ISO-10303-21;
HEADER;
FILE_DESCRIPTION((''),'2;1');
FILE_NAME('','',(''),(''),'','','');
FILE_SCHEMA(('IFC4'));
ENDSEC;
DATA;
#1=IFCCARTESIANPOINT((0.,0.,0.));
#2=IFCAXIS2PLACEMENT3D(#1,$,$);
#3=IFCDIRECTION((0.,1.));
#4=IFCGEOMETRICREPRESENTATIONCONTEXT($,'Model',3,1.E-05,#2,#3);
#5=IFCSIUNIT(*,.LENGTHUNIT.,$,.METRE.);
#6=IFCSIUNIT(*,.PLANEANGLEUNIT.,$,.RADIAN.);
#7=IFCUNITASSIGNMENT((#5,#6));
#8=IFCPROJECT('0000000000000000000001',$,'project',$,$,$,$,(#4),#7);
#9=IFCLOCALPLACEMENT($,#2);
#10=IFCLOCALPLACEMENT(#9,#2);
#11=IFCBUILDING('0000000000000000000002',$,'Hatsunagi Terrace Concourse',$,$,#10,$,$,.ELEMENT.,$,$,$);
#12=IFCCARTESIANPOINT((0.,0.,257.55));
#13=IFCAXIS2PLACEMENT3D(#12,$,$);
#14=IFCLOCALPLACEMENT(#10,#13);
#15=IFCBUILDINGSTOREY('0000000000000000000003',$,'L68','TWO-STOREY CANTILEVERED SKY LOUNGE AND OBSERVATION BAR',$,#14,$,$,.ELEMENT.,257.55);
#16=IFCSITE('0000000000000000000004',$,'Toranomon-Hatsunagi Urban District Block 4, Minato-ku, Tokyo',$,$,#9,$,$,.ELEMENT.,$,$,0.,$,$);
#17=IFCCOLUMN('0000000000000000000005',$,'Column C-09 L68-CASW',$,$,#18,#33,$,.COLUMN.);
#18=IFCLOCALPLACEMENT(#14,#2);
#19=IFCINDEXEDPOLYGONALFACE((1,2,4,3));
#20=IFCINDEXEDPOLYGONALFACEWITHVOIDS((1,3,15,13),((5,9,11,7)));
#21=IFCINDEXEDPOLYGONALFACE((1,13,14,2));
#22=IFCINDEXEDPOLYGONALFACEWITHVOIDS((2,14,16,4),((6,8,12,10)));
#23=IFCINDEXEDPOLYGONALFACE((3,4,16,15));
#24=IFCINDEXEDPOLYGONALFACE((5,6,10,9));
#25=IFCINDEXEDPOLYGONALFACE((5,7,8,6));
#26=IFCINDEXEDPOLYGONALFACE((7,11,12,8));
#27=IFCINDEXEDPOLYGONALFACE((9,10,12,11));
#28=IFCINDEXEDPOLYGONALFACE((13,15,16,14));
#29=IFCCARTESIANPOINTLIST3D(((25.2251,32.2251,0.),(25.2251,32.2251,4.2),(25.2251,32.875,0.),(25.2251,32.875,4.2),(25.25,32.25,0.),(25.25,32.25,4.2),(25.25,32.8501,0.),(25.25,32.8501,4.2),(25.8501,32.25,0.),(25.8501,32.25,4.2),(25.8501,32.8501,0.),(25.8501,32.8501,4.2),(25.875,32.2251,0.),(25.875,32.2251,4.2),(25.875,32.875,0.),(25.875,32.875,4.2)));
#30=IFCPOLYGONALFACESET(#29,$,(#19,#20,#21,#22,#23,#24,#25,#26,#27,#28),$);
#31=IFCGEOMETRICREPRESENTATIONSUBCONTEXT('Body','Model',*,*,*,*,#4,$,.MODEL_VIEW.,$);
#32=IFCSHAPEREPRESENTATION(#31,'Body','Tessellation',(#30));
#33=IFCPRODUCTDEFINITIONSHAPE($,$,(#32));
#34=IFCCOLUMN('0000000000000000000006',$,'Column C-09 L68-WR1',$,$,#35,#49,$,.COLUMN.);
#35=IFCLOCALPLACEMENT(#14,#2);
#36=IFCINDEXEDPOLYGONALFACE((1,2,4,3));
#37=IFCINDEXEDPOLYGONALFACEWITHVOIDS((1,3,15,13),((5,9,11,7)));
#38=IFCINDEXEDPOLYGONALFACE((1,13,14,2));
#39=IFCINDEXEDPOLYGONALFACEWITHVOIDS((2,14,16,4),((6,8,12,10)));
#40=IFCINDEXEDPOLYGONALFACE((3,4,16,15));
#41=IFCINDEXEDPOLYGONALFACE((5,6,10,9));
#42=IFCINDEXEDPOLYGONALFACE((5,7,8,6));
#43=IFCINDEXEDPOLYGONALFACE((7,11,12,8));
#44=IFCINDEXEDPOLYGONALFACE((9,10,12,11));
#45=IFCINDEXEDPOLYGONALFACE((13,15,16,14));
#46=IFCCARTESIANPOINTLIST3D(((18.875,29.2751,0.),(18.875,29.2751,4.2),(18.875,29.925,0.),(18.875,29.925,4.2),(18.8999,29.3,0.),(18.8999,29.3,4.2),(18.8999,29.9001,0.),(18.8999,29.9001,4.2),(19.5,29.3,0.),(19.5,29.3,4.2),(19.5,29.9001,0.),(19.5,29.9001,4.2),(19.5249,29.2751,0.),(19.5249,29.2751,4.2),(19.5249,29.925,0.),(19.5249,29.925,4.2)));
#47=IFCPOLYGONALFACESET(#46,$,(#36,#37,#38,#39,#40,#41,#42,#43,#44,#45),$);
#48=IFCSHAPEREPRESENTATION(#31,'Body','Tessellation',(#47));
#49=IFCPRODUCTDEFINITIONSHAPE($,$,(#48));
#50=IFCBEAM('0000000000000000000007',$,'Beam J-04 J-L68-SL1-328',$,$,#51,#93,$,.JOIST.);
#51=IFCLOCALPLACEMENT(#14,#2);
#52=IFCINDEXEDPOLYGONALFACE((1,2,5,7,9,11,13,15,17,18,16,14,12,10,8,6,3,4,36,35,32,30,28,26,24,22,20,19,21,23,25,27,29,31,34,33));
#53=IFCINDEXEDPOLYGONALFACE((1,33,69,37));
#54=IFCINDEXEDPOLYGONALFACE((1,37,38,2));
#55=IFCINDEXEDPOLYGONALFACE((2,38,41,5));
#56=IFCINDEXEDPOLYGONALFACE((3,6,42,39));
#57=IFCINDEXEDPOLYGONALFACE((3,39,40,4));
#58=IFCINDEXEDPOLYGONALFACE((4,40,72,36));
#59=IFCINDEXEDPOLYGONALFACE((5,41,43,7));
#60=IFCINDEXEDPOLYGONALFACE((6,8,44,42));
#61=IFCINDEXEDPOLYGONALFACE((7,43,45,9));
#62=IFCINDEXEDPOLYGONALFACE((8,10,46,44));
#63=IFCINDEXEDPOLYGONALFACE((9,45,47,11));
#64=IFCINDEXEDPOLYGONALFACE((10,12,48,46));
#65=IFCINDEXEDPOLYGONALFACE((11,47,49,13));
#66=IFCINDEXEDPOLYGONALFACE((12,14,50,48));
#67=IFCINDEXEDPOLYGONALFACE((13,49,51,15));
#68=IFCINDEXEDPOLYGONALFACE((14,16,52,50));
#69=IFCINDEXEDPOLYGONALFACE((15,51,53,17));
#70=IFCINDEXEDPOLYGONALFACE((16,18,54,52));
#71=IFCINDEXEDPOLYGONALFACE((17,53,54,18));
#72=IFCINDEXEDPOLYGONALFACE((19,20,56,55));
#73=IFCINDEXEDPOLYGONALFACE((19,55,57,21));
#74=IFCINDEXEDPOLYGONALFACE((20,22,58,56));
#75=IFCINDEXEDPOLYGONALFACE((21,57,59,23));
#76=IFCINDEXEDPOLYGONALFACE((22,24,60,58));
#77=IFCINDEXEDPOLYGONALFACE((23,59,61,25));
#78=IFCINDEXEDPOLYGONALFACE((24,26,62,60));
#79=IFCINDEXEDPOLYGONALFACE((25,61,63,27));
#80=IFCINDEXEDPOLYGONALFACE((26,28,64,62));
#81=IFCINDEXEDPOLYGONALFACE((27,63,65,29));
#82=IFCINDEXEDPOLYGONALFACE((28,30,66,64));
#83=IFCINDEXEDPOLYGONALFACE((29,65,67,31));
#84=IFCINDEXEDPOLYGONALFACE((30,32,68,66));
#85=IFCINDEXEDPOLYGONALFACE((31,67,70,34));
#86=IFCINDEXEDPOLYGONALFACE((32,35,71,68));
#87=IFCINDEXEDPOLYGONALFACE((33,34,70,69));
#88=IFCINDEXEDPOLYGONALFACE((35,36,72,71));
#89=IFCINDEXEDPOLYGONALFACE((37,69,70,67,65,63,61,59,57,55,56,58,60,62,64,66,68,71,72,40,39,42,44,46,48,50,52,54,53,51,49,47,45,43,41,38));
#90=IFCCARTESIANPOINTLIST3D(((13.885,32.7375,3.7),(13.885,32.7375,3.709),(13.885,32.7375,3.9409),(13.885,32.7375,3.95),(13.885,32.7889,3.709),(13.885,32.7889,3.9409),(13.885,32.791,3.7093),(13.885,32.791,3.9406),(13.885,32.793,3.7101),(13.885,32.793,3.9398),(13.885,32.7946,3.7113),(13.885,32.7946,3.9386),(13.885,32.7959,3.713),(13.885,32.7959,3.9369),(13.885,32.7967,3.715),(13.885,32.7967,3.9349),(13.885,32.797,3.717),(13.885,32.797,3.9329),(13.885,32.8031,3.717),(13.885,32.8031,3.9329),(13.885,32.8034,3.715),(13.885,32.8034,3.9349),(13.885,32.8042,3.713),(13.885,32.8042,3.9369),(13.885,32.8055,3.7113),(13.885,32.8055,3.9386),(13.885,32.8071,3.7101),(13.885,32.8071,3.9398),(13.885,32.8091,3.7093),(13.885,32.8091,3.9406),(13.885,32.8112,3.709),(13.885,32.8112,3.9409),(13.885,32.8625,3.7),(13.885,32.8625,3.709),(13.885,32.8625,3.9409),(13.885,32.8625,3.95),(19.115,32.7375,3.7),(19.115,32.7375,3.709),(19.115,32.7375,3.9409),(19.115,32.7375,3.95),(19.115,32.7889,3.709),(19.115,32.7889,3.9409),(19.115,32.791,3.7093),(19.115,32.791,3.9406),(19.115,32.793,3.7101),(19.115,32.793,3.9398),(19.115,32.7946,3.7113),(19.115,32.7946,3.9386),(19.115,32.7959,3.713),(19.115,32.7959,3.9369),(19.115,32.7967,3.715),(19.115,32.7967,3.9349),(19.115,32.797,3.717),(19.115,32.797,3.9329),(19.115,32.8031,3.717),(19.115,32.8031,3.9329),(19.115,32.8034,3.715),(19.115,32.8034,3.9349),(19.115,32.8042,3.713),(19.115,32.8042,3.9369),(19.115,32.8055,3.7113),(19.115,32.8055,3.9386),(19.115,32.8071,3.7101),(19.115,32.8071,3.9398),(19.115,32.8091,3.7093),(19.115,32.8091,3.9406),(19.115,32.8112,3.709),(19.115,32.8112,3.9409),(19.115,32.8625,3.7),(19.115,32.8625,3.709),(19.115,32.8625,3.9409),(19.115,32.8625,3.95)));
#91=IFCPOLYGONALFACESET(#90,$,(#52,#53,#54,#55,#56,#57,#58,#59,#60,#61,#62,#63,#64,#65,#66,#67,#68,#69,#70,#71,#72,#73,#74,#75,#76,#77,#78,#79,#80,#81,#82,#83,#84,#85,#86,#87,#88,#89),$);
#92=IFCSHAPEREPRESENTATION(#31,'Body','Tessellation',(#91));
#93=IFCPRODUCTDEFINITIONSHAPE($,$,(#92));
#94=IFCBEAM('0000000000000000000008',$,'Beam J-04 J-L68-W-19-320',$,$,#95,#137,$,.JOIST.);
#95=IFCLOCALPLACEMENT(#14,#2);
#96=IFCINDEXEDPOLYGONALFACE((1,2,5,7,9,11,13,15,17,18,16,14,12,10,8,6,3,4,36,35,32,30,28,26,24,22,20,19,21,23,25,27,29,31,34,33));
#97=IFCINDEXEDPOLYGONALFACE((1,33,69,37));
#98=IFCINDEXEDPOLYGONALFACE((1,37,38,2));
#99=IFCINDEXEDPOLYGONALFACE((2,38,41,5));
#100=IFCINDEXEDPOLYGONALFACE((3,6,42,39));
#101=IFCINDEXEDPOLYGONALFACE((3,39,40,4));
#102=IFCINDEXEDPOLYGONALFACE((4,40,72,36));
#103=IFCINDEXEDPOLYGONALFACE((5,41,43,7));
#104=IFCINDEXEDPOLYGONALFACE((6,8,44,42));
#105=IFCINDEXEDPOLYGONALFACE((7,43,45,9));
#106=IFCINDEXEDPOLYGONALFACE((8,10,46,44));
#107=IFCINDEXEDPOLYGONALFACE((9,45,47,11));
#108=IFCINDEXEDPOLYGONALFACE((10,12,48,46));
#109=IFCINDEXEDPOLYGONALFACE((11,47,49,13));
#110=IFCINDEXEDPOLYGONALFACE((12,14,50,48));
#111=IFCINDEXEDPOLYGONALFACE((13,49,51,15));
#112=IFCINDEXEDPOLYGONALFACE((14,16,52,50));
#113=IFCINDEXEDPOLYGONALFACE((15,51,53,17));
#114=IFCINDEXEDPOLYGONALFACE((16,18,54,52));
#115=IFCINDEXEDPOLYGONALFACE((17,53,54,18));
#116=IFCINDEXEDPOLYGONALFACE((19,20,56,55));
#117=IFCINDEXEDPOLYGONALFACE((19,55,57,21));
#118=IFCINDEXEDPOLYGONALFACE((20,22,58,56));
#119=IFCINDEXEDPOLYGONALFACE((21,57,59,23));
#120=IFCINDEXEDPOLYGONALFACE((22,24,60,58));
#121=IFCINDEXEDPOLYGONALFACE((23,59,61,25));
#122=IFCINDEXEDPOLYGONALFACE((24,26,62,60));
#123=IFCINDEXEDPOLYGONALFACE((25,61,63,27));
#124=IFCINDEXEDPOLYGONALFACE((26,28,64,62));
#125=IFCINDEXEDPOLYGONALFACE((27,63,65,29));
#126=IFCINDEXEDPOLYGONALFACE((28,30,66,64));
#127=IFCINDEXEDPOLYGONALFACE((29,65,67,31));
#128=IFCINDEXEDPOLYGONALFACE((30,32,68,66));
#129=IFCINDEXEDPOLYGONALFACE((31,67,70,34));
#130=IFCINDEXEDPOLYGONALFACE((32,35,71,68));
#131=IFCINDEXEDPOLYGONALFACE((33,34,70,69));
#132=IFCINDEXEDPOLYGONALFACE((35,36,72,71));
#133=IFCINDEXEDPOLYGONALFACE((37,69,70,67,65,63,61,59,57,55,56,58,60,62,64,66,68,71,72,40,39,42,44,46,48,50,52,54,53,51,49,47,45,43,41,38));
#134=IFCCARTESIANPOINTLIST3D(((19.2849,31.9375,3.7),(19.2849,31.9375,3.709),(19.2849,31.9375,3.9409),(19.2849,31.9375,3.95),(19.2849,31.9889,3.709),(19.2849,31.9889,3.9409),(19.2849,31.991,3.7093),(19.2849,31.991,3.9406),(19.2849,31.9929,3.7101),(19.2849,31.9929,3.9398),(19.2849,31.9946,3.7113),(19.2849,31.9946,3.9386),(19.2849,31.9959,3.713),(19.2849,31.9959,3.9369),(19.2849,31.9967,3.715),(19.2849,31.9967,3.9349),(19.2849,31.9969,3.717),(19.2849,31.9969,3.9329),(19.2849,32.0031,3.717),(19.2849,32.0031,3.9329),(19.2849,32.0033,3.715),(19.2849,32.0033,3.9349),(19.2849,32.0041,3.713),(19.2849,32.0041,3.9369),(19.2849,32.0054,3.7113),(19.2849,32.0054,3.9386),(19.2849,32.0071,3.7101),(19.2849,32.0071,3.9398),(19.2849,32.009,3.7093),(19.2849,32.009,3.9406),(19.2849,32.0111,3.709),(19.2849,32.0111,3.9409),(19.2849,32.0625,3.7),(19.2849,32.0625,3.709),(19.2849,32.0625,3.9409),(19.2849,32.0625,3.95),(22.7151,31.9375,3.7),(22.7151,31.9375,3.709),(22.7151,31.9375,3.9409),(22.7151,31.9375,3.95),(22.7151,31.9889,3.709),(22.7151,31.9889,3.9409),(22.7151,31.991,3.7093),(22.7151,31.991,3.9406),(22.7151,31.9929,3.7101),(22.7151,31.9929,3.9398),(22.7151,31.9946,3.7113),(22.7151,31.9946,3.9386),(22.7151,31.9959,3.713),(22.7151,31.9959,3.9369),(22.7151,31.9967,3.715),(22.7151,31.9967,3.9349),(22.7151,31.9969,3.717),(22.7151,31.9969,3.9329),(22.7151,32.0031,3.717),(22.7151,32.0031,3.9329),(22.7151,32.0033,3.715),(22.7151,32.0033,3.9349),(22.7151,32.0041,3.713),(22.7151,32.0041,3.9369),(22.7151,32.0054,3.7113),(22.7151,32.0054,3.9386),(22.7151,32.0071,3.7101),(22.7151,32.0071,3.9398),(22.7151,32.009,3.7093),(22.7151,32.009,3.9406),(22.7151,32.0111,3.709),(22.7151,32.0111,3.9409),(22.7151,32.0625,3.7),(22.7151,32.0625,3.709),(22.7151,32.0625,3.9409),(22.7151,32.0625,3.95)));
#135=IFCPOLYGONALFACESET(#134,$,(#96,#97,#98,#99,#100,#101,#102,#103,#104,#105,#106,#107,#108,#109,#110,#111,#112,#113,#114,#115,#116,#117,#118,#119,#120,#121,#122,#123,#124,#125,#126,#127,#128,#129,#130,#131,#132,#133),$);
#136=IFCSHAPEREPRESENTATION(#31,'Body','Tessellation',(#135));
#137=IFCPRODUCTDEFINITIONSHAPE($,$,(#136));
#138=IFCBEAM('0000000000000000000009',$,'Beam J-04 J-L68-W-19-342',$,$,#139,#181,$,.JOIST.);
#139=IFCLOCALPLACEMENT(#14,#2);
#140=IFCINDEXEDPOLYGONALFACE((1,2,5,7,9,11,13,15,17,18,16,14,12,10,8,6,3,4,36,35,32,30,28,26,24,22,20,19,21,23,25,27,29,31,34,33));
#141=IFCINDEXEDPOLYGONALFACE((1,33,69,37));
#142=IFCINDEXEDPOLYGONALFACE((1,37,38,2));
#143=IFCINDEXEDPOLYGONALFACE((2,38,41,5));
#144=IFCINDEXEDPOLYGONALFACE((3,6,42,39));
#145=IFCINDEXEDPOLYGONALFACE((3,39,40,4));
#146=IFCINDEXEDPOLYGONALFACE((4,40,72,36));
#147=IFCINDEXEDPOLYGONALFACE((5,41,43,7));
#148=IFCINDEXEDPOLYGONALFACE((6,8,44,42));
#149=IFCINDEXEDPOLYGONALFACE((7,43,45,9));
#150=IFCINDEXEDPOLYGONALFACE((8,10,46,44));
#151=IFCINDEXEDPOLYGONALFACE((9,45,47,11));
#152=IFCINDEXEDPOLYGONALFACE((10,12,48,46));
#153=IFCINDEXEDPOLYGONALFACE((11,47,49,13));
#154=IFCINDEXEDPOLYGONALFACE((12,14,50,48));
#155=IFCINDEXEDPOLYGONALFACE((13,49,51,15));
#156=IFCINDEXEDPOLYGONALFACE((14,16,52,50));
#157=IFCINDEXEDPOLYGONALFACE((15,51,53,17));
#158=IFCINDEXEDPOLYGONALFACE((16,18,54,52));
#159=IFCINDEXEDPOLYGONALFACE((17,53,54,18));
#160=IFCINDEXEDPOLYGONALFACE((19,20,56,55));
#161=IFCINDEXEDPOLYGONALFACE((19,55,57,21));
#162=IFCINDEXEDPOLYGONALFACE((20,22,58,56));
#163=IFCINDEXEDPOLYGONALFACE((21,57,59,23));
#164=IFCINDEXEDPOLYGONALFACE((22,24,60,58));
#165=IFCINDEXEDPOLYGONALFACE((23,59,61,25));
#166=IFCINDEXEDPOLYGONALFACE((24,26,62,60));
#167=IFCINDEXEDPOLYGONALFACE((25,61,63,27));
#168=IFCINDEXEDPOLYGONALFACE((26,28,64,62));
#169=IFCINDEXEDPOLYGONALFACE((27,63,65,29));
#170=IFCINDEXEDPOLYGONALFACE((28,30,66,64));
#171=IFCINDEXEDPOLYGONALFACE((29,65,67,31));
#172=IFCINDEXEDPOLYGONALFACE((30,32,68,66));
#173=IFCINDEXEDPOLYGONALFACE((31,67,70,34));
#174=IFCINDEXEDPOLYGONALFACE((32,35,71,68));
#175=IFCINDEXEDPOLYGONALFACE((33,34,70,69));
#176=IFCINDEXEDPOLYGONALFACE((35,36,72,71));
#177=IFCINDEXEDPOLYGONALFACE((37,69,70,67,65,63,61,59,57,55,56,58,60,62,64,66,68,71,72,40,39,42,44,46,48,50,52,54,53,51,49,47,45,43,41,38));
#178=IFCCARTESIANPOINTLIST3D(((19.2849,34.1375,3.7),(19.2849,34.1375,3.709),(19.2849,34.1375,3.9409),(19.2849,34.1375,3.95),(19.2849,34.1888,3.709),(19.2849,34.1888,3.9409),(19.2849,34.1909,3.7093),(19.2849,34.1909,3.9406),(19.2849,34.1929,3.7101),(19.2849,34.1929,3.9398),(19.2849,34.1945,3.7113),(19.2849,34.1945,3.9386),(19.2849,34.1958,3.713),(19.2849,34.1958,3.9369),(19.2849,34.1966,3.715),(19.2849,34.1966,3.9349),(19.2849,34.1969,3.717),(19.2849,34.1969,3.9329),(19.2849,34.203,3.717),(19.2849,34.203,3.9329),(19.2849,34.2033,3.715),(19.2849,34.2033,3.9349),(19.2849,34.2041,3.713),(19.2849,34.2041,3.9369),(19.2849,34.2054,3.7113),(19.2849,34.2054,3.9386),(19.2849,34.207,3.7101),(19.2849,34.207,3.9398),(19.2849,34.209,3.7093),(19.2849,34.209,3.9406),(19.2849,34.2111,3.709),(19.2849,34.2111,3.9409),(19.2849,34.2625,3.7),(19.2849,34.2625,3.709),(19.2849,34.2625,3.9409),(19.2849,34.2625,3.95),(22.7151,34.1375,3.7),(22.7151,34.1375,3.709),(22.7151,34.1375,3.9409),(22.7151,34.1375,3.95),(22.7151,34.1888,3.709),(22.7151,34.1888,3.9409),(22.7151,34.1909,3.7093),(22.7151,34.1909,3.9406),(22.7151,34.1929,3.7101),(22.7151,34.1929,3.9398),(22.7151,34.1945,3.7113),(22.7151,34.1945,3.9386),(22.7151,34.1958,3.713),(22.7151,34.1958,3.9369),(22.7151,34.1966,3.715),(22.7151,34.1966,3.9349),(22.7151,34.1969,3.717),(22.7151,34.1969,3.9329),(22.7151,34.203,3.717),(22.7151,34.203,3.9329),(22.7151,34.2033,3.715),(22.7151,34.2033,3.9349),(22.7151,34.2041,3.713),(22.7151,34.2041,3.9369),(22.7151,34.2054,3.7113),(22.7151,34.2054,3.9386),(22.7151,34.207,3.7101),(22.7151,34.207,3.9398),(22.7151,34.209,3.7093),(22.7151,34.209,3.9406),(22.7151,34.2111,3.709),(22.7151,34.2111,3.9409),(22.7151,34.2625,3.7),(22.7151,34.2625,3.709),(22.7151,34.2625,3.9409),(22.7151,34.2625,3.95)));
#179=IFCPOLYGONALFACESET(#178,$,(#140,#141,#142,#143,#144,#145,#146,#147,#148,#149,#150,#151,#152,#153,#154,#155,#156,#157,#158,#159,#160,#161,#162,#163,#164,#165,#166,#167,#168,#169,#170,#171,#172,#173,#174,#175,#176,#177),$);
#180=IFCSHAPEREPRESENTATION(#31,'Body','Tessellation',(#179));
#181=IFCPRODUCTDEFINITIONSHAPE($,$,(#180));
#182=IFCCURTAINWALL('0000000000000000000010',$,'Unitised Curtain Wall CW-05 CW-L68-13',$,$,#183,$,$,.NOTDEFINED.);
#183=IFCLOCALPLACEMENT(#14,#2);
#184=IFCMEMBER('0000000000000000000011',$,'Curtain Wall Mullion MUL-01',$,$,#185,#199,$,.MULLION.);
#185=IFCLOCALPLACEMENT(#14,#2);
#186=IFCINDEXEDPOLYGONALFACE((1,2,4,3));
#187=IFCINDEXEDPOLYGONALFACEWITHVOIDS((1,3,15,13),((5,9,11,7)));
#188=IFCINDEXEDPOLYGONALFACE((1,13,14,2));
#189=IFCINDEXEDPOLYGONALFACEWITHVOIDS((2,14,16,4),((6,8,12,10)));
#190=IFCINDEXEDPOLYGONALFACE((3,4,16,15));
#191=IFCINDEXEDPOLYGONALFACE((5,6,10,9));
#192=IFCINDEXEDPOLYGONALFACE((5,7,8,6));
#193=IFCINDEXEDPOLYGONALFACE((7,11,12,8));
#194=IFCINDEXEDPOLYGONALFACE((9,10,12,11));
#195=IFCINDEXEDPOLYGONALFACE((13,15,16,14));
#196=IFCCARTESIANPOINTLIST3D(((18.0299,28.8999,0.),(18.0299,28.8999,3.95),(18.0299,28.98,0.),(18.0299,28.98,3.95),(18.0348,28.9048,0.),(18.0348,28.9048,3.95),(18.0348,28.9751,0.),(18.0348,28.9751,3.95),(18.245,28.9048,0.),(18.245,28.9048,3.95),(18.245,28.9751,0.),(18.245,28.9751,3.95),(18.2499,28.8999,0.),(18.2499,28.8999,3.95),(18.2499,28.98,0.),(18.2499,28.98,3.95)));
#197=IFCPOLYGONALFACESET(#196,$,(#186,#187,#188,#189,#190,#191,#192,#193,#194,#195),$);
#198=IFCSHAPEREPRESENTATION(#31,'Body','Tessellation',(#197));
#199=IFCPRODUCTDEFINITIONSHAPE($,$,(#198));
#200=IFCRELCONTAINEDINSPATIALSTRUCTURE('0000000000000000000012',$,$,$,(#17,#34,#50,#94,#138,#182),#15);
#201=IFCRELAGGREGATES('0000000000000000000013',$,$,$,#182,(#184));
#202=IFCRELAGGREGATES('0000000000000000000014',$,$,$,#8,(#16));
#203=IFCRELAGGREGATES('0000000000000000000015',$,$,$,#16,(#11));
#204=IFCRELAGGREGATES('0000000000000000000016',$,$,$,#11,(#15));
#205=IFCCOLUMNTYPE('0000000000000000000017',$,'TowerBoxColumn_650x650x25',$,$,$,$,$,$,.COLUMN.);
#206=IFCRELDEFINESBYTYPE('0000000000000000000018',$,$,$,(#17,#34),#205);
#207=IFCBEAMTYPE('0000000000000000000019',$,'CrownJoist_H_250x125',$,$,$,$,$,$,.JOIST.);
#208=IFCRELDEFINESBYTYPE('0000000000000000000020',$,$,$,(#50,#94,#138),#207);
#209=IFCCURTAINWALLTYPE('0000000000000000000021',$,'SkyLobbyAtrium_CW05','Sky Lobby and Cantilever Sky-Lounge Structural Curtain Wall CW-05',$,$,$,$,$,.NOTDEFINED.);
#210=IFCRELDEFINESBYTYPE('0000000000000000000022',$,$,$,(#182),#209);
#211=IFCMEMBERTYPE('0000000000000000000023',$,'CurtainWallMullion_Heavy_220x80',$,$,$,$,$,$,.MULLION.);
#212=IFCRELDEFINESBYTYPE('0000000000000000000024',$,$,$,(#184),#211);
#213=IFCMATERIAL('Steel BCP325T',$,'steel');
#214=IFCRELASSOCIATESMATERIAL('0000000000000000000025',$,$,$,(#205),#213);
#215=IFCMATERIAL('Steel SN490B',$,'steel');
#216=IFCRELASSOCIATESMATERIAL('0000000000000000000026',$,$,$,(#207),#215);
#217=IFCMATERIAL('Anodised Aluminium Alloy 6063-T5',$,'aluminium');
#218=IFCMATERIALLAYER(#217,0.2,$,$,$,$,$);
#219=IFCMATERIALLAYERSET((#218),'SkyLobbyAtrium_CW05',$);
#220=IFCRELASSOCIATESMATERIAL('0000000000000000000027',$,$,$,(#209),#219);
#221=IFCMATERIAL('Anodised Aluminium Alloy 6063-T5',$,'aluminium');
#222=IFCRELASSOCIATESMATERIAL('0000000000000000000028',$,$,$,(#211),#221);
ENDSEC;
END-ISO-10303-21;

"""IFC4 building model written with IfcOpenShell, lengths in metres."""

from ifc_helpers import new_model, si_unit, direction, frame, origin, origin_2d, place, context, subcontext, project, spatial, hollow_rectangle, i_section, extrude, material, layer, layer_set, material_profile, profile_set, type_object, element, aggregate, save


model = new_model("IFC4")

# Units and contexts
model_context = context("Model", 3, precision=1e-05, world=origin(), true_north=direction((0.0, 1.0)))
body_context = subcontext(model_context, "Body", "Model", "MODEL_VIEW")
ifc_project = project(units=[si_unit("LENGTHUNIT", "METRE"), si_unit("PLANEANGLEUNIT", "RADIAN")], contexts=[model_context])

# Site, building, storey
site_placement = place(None, origin())
site = spatial("IfcSite", under=ifc_project, at=site_placement, Name="Toranomon-Hatsunagi Urban District Block 4, Minato-ku, Tokyo", CompositionType="ELEMENT", RefElevation=0.0)
building_placement = place(site_placement, origin())
building = spatial("IfcBuilding", under=site, at=building_placement, Name="Hatsunagi Terrace Concourse", CompositionType="ELEMENT")
storey_placement = place(building_placement, frame((0.0, 0.0, 257.55)))
storey = spatial("IfcBuildingStorey", under=building, at=storey_placement, Name="L68", Description="TWO-STOREY CANTILEVERED SKY LOUNGE AND OBSERVATION BAR", CompositionType="ELEMENT", Elevation=257.55)

# Columns
ifc_material_1 = material(Name="Steel BCP325T", Category="steel")
ifc_material_profile_1 = material_profile(ifc_material_1, hollow_rectangle(XDim=0.6499, YDim=0.6499, WallThickness=0.0249, at=origin_2d()), Name="BCP-650x650x25")
ifc_profile_set_1 = profile_set([ifc_material_profile_1], Name="Steel BCP325T")
column_type = type_object("IfcColumnType", Name="TowerBoxColumn_650x650x25", PredefinedType="COLUMN", material=ifc_profile_set_1)
for number, where, z_axis, x_axis, name in (
    (1, (25.55, 32.55, 0.0), (0.0, 0.0, 1.0), (1.0, 0.0, 0.0), "Column C-09 L68-CASW"),
    (2, (19.2, 29.6001, 0.0), (0.0, 0.0, 1.0), (1.0, 0.0, 0.0), "Column C-09 L68-WR1"),
):
    element("IfcColumn", number, at=place(storey_placement, frame(where, z_axis=z_axis, x_axis=x_axis)), inside=storey, type_object=column_type, Name=name, PredefinedType="COLUMN", context=body_context, shape_type="SweptSolid", body=[
        extrude(hollow_rectangle(XDim=0.6499, YDim=0.6499, WallThickness=0.0249, at=origin_2d()), origin(), (0.0, 0.0, 1.0), 4.2),
    ])

# Beams
ifc_material_2 = material(Name="Steel SN490B", Category="steel")
ifc_material_profile_2 = material_profile(ifc_material_2, i_section(OverallWidth=0.125, OverallDepth=0.25, WebThickness=0.0061, FlangeThickness=0.009, FilletRadius=0.0081, at=origin_2d()), Name="H-250x125x6x9")
ifc_profile_set_2 = profile_set([ifc_material_profile_2], Name="Steel SN490B")
beam_type_1 = type_object("IfcBeamType", Name="CrownJoist_H_250x125", PredefinedType="JOIST", material=ifc_profile_set_2)
beam_1_placement = place(storey_placement, frame((19.115, 32.8, 3.825), z_axis=(-1.0, 0.0, 0.0), x_axis=(0.0, -1.0, 0.0)))
element("IfcBeam", 3, at=beam_1_placement, inside=storey, type_object=beam_type_1, Name="Beam J-04 J-L68-SL1-328", PredefinedType="JOIST", context=body_context, shape_type="SweptSolid", body=[
    extrude(i_section(OverallWidth=0.125, OverallDepth=0.25, WebThickness=0.0061, FlangeThickness=0.009, FilletRadius=0.0081, at=origin_2d()), origin(), (0.0, 0.0, 1.0), 5.23),
])
for number, where, z_axis, x_axis, name in (
    (4, (19.2849, 32.0, 3.825), (1.0, 0.0, 0.0), (0.0, 1.0, 0.0), "Beam J-04 J-L68-W-19-320"),
    (5, (19.2849, 34.2, 3.825), (1.0, 0.0, 0.0), (0.0, 1.0, 0.0), "Beam J-04 J-L68-W-19-342"),
):
    element("IfcBeam", number, at=place(storey_placement, frame(where, z_axis=z_axis, x_axis=x_axis)), inside=storey, type_object=beam_type_1, Name=name, PredefinedType="JOIST", context=body_context, shape_type="SweptSolid", body=[
        extrude(i_section(OverallWidth=0.125, OverallDepth=0.25, WebThickness=0.0061, FlangeThickness=0.009, FilletRadius=0.0081, at=origin_2d()), origin(), (0.0, 0.0, 1.0), 3.4302),
    ])

# Curtain wall, member
ifc_material_3 = material(Name="Anodised Aluminium Alloy 6063-T5", Category="aluminium")
ifc_layer_1 = layer(ifc_material_3, 0.2)
ifc_layer_set_1 = layer_set([ifc_layer_1], Name="SkyLobbyAtrium_CW05")
curtain_wall_type = type_object("IfcCurtainWallType", Name="SkyLobbyAtrium_CW05", Description="Sky Lobby and Cantilever Sky-Lounge Structural Curtain Wall CW-05", PredefinedType="NOTDEFINED", material=ifc_layer_set_1)
curtain_wall_placement = place(storey_placement, origin())
curtain_wall = element("IfcCurtainWall", 6, at=curtain_wall_placement, inside=storey, type_object=curtain_wall_type, Name="Unitised Curtain Wall CW-05 CW-L68-13", PredefinedType="NOTDEFINED")
ifc_material_4 = material(Name="Anodised Aluminium Alloy 6063-T5", Category="aluminium")
ifc_material_profile_3 = material_profile(ifc_material_4, hollow_rectangle(XDim=0.0801, YDim=0.22, WallThickness=0.0049, at=origin_2d()), Name="ALU-MUL-220x80x5")
ifc_profile_set_3 = profile_set([ifc_material_profile_3], Name="Anodised Aluminium Alloy 6063-T5")
member_type_1 = type_object("IfcMemberType", Name="CurtainWallMullion_Heavy_220x80", PredefinedType="MULLION", material=ifc_profile_set_3)
member_1_placement = place(storey_placement, frame((18.1399, 28.9399, 0.0), z_axis=(0.0, 0.0, 1.0), x_axis=(0.0, 1.0, 0.0)))
member_1 = element("IfcMember", 7, at=member_1_placement, type_object=member_type_1, Name="Curtain Wall Mullion MUL-01", PredefinedType="MULLION", context=body_context, shape_type="SweptSolid", body=[
    extrude(hollow_rectangle(XDim=0.0801, YDim=0.22, WallThickness=0.0049, at=origin_2d()), origin(), (0.0, 0.0, 1.0), 3.95),
])
aggregate(curtain_wall, [member_1])

save(model, "model.ifc")
